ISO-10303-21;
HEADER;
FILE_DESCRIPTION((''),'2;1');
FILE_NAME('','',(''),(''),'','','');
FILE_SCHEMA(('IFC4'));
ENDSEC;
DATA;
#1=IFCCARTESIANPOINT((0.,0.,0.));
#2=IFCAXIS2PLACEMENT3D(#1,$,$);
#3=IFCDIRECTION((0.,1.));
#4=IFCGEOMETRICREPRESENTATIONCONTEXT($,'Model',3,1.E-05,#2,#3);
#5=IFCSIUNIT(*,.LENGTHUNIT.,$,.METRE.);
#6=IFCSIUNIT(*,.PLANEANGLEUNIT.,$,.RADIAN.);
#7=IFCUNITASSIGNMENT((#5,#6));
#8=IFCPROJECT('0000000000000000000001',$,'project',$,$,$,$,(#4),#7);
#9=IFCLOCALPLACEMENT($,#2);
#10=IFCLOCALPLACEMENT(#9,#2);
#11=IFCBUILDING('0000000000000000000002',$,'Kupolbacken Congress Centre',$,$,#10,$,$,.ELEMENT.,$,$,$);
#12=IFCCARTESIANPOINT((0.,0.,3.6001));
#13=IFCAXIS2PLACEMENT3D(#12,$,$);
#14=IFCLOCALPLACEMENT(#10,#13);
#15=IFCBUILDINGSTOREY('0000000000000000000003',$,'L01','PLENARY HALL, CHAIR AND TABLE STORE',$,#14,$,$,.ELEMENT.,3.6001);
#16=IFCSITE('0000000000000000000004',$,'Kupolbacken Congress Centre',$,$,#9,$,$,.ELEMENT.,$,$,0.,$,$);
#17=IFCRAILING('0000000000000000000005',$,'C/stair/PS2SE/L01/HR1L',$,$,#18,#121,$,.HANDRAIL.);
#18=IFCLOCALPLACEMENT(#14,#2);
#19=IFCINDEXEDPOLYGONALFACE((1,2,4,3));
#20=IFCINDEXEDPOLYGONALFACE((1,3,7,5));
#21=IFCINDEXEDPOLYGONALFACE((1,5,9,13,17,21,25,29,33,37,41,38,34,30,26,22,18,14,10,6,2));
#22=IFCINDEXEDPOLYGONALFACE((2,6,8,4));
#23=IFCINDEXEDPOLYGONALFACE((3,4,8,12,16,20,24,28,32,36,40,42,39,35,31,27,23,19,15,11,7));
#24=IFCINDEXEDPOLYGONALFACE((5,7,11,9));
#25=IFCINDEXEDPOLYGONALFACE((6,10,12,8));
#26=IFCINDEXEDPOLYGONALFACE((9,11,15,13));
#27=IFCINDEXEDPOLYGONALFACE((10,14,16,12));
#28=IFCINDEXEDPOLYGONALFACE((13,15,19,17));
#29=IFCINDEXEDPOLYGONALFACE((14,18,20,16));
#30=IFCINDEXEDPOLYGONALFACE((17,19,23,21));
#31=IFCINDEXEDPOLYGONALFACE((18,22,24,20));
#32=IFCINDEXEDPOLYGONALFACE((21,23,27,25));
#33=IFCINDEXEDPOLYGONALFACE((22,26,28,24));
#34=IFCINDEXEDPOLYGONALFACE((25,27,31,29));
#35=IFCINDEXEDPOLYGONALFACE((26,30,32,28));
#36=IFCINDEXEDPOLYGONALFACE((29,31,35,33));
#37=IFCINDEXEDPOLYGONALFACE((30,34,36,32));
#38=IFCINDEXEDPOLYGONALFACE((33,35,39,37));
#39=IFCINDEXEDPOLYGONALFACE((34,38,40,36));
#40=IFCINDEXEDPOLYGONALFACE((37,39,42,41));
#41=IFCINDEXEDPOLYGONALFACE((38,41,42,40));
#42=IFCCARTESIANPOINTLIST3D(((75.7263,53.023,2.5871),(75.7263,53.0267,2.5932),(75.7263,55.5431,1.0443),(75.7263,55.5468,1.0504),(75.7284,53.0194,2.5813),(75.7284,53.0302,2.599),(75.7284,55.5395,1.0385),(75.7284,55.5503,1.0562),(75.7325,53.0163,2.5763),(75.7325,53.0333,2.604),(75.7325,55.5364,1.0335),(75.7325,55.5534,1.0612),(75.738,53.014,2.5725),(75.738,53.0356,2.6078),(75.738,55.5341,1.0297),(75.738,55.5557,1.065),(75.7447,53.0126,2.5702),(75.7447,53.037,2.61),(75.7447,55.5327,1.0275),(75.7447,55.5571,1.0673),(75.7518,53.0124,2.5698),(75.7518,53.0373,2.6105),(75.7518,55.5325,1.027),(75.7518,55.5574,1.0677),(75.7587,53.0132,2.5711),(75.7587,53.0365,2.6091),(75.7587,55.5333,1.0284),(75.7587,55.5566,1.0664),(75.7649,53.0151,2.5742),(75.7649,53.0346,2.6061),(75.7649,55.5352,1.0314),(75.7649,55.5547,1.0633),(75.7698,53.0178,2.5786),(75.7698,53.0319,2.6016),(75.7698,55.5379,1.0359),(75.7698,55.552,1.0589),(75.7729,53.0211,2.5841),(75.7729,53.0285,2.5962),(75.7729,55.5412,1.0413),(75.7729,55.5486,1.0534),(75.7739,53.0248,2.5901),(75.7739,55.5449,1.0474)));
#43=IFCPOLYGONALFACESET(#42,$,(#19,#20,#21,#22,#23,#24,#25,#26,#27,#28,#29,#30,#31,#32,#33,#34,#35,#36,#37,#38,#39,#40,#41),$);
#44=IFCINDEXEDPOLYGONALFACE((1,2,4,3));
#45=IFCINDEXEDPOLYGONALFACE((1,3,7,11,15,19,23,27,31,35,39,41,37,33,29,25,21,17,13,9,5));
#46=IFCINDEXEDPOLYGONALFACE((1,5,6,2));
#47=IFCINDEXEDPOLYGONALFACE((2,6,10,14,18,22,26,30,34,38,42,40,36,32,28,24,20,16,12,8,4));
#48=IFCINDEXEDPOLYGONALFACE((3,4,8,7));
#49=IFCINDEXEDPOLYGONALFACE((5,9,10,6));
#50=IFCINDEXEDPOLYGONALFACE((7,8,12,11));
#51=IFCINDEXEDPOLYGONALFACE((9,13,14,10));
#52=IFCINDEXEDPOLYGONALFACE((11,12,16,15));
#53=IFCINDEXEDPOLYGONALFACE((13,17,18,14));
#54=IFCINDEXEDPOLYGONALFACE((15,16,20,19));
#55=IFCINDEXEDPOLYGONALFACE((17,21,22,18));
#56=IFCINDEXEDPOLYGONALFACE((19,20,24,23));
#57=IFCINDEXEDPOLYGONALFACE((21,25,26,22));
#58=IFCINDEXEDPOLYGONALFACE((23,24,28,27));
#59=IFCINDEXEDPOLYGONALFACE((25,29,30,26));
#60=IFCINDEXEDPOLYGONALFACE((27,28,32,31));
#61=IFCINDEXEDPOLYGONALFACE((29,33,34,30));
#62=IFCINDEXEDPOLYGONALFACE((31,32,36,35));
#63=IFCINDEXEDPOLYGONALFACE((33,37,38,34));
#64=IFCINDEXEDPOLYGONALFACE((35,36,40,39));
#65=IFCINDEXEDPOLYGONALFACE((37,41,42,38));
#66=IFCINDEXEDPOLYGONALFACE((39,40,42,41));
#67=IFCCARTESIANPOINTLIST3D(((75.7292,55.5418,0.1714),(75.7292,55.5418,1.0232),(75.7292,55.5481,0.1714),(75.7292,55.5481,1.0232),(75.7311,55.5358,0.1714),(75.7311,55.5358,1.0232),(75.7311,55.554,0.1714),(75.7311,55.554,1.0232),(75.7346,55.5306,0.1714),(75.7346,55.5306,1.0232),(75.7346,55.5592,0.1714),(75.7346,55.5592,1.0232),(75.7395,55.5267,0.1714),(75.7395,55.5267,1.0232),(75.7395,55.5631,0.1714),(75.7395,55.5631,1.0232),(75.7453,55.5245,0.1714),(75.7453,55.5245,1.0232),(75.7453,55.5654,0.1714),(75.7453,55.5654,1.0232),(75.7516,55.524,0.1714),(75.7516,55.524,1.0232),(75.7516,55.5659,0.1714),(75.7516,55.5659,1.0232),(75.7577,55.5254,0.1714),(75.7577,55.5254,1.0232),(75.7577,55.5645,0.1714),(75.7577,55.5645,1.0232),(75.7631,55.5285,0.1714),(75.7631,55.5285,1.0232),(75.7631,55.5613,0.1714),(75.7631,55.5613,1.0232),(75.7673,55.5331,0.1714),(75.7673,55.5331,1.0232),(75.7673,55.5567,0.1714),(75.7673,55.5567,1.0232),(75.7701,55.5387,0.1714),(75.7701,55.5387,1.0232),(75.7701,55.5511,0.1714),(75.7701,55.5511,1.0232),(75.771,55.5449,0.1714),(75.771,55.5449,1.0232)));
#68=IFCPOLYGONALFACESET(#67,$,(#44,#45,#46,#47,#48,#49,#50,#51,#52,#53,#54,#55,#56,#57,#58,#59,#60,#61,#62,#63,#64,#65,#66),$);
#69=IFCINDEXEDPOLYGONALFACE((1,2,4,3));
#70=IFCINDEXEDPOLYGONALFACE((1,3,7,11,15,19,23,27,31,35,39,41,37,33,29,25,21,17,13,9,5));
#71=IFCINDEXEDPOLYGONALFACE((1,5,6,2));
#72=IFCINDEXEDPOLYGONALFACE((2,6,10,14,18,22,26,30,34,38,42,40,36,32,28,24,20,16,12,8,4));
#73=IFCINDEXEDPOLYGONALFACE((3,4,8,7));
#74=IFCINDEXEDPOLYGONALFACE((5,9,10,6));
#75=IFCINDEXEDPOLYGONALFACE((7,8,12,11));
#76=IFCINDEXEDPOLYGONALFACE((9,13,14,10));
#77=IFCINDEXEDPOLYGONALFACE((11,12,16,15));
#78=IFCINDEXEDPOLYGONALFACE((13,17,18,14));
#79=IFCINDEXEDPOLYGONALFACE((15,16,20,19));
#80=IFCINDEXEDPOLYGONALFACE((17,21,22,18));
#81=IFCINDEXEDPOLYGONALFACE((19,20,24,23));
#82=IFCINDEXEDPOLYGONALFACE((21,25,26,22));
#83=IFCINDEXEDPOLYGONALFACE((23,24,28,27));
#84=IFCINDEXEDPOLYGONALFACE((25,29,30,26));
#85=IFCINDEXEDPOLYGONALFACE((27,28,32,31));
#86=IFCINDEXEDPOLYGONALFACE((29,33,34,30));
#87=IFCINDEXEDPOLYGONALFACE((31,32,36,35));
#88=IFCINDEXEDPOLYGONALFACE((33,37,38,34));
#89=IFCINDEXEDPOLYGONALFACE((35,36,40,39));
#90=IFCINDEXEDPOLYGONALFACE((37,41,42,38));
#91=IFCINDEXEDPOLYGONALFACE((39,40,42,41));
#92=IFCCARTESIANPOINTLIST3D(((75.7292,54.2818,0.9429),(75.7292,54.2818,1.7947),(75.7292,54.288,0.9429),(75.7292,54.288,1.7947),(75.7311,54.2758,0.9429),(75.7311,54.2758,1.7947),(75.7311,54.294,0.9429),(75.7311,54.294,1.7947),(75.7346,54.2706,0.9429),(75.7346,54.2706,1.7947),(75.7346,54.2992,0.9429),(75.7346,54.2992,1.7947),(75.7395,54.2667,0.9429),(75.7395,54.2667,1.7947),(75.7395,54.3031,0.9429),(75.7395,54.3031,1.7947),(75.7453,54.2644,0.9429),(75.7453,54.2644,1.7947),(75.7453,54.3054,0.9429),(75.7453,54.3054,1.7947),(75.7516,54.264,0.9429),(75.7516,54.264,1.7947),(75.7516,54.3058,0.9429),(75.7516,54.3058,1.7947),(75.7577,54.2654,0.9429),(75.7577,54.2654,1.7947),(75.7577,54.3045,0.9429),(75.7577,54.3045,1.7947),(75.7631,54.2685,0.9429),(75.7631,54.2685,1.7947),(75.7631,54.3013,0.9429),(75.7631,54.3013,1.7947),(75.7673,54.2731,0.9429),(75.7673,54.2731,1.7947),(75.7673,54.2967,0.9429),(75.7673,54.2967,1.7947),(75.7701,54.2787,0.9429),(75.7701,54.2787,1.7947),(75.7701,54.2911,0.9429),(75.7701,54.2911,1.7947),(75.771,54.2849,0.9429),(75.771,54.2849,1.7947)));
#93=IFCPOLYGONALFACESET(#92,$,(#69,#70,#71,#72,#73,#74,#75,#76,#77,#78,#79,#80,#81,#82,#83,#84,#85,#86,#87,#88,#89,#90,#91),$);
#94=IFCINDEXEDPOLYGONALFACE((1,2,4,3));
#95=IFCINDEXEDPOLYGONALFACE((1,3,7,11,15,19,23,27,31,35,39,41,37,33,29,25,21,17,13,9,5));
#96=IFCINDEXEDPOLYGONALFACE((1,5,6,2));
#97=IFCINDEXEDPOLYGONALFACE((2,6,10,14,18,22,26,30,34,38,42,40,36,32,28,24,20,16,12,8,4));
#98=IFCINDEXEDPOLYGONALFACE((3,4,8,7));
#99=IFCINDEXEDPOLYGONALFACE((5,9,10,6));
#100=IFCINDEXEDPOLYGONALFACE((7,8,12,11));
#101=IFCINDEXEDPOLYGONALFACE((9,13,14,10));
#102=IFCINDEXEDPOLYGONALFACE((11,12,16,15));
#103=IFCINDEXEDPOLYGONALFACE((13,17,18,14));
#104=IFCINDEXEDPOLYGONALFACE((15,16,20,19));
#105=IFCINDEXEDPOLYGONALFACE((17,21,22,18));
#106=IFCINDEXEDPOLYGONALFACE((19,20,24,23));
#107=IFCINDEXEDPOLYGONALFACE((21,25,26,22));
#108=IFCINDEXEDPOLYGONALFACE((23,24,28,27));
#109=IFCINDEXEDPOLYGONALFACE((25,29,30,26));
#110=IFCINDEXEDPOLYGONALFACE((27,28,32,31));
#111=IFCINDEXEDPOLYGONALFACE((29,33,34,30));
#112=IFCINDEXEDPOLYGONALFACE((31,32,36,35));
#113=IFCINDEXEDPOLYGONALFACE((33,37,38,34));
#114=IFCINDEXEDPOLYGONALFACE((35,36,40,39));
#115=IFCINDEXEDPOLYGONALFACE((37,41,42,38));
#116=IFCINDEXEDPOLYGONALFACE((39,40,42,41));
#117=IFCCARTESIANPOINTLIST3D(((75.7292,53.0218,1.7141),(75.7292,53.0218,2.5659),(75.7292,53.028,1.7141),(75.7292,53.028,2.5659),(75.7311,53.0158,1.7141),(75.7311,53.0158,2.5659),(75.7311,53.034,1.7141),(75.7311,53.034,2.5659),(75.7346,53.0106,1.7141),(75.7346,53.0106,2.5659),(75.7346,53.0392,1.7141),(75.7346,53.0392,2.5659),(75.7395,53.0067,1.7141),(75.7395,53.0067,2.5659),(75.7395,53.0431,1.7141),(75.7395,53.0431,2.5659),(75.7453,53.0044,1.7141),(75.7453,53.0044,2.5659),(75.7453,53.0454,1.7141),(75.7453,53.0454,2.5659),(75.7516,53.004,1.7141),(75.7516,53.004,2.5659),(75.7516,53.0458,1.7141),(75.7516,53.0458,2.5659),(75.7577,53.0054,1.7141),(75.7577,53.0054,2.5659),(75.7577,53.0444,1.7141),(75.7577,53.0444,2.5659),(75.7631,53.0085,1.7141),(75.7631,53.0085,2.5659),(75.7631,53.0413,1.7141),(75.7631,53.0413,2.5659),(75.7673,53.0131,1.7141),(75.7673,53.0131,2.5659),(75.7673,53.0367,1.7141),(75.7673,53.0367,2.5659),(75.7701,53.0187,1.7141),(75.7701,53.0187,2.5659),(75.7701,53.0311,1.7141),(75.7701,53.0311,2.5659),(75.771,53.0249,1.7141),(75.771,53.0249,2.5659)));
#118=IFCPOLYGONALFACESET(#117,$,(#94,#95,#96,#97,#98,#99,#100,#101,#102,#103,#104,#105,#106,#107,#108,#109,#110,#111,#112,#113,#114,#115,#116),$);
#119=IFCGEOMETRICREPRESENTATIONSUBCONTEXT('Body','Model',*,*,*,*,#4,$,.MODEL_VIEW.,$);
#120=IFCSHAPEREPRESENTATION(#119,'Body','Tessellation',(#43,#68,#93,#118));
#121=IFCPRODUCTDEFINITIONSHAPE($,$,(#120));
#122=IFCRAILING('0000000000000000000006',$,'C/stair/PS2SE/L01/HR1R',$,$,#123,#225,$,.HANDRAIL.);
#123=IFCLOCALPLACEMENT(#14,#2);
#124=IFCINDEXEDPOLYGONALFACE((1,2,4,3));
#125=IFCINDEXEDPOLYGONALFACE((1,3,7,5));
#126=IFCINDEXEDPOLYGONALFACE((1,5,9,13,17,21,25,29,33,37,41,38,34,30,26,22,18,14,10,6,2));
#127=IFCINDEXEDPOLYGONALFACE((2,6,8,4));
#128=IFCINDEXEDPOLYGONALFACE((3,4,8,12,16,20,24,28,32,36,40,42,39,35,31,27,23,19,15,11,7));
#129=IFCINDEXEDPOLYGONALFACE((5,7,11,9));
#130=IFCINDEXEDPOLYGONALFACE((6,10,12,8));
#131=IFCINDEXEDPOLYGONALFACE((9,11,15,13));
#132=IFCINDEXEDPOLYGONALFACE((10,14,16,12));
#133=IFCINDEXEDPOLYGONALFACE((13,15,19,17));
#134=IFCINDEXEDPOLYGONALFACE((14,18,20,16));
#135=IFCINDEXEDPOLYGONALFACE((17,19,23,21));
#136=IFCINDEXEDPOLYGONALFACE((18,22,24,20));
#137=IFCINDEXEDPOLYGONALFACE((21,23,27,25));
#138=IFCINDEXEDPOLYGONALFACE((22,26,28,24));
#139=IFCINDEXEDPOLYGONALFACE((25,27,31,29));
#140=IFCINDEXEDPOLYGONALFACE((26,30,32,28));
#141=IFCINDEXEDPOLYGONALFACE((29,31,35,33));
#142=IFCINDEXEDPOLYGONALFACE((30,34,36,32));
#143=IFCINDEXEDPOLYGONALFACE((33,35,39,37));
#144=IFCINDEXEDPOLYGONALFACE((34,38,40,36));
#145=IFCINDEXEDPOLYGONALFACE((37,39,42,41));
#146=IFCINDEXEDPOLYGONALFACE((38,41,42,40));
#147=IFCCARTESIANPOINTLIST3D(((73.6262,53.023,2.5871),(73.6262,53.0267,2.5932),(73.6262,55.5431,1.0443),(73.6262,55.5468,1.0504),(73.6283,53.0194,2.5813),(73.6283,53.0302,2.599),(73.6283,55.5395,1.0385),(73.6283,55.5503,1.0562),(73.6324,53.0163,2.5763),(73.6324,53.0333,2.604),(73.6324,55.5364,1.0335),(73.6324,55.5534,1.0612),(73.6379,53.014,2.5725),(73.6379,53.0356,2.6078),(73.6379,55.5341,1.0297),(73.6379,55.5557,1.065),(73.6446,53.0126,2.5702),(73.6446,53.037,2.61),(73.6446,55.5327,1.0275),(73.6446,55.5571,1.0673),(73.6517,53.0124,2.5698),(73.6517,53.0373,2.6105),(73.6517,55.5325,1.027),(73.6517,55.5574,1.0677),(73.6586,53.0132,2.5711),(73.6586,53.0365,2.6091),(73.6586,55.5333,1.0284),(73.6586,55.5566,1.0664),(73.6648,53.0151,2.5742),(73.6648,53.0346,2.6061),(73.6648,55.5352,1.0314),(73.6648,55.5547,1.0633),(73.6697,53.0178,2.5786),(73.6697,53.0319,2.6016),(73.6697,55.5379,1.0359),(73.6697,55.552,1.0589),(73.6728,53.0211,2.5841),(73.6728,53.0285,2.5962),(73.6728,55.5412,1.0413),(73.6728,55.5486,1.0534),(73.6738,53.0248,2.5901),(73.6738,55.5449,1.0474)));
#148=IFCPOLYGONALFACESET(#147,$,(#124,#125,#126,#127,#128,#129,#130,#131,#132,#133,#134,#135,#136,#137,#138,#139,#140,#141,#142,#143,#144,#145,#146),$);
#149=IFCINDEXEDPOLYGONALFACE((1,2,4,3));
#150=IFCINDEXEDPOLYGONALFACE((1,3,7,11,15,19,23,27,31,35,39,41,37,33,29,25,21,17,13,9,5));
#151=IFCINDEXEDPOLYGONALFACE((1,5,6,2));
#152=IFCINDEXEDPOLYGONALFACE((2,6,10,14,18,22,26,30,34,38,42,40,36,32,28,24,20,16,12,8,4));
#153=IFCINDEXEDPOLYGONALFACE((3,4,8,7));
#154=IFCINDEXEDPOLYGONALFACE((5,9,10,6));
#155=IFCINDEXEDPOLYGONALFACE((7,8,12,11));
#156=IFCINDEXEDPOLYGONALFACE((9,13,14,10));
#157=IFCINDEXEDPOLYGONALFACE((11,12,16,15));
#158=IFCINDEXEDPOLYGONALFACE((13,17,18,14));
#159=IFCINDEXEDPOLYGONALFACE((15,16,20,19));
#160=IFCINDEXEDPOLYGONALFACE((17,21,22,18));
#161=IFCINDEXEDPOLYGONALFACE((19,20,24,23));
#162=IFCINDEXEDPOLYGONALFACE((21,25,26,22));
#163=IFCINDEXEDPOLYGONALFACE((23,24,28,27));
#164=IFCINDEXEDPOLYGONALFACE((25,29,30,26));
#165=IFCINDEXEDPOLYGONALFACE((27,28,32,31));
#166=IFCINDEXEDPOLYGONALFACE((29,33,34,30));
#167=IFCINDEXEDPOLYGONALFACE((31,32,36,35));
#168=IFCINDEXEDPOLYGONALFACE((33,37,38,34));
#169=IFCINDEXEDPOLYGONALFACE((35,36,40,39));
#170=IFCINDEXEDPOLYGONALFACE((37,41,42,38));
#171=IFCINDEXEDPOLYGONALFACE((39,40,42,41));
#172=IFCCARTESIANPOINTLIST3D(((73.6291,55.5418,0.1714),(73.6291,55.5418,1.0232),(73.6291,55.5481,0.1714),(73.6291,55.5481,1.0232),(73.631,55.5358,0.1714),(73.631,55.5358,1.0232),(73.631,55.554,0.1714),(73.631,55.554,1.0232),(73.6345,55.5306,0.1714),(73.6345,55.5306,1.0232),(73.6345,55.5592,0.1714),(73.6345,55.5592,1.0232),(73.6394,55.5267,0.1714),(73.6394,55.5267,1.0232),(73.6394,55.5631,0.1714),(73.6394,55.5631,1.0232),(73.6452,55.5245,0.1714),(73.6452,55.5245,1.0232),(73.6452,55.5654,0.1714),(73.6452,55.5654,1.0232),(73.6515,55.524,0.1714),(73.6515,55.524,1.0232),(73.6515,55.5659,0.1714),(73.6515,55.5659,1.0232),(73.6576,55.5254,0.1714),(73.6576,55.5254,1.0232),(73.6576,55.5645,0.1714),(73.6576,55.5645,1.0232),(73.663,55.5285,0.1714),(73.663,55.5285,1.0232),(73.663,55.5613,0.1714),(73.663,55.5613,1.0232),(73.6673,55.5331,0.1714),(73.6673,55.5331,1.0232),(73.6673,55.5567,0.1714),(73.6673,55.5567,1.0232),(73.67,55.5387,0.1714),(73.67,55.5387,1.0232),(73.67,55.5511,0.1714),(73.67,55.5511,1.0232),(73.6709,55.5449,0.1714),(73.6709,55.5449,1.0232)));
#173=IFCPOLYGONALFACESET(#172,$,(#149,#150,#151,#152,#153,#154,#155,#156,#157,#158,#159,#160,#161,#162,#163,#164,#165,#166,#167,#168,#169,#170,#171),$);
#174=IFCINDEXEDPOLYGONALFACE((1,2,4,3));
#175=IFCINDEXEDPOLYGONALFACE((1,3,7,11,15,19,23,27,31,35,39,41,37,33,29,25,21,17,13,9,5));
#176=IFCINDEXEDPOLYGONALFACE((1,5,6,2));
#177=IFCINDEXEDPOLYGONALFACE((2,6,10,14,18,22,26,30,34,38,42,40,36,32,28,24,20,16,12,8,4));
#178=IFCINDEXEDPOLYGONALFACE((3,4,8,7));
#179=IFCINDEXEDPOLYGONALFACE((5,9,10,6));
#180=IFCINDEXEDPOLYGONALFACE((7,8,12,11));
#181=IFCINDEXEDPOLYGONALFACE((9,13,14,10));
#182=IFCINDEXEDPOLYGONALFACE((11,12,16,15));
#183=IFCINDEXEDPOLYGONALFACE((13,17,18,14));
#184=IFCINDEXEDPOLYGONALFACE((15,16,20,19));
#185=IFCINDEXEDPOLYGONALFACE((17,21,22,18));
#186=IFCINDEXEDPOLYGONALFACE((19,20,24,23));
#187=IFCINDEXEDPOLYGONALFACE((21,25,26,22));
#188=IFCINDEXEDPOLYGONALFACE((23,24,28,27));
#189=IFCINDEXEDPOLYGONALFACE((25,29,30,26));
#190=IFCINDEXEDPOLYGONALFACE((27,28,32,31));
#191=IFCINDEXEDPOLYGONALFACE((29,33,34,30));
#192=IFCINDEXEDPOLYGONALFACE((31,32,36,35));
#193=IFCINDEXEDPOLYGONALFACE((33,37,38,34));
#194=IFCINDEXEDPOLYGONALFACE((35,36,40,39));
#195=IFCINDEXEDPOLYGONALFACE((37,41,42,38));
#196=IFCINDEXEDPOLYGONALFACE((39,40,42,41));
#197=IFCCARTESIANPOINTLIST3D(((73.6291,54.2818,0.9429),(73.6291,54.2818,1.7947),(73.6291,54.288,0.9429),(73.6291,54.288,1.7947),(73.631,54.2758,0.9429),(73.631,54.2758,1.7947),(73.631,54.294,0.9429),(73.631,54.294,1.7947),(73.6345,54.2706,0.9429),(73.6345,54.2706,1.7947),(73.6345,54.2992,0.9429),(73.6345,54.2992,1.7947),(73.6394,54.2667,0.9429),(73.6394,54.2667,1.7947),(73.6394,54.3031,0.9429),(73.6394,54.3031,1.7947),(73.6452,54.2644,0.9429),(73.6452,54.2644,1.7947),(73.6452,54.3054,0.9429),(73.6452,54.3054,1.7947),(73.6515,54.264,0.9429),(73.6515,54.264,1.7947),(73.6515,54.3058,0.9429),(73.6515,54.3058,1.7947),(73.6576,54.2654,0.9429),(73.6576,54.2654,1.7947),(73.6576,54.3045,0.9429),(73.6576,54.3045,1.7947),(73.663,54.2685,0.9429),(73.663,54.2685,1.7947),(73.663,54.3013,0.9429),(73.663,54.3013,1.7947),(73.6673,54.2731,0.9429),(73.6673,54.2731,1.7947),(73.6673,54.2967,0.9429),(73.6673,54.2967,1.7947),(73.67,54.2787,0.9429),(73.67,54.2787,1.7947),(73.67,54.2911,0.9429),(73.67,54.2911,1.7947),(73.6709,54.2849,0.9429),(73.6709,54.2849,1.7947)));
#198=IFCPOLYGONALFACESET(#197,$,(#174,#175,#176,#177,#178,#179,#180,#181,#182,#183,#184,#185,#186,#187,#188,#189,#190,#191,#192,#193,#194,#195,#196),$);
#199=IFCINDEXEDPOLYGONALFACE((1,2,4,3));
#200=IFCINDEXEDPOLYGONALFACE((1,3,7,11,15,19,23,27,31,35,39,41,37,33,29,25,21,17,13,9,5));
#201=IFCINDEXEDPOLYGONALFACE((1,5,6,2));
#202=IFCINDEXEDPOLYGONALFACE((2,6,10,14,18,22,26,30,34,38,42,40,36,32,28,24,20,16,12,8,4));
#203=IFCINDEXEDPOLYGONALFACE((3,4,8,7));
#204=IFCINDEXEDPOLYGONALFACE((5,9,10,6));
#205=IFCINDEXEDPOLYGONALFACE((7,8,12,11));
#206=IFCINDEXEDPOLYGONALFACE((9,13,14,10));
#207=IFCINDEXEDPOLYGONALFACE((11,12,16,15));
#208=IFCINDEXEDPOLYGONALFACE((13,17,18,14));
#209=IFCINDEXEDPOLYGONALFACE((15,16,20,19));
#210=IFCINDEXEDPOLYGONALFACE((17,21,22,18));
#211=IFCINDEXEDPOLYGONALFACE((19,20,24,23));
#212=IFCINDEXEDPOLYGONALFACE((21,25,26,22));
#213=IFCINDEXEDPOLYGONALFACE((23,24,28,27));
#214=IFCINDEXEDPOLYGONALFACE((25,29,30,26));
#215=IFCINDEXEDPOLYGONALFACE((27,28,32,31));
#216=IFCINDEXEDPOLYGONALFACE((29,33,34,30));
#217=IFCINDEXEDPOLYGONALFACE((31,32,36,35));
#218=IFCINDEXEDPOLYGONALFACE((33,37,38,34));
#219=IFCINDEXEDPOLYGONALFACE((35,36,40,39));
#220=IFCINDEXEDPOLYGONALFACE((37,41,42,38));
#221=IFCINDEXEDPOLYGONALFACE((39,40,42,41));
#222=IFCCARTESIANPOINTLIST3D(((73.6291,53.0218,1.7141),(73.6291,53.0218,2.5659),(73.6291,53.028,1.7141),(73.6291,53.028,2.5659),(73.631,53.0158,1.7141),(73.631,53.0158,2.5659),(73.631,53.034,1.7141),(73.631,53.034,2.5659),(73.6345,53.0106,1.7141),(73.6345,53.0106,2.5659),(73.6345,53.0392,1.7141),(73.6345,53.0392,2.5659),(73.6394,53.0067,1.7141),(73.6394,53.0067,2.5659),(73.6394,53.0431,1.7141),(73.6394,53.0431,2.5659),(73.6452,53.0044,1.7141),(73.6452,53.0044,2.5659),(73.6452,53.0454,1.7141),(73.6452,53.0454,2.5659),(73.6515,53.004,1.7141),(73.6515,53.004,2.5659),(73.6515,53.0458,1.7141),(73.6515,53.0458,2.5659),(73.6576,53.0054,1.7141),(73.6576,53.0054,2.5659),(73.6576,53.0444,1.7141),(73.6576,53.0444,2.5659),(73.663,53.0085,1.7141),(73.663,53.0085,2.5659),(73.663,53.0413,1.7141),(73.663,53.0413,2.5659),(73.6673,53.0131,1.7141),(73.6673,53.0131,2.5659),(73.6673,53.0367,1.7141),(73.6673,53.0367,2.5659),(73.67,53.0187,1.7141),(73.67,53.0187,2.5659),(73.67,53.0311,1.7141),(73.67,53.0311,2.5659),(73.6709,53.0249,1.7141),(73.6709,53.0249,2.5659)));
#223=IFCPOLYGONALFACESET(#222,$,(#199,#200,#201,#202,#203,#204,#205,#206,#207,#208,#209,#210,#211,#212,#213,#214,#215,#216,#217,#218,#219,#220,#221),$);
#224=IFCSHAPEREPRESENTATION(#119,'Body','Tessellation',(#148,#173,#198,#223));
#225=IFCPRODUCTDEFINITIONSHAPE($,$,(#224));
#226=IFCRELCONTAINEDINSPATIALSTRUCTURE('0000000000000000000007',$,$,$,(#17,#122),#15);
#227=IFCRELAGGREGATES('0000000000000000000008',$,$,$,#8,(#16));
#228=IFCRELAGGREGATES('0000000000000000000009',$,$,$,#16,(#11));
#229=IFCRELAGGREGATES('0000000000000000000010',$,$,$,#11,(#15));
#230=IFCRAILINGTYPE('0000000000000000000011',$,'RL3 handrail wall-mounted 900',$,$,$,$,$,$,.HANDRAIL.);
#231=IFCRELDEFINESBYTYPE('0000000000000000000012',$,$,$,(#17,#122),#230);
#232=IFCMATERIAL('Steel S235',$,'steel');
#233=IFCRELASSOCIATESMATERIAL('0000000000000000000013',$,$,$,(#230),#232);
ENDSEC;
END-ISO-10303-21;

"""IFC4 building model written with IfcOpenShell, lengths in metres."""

from ifc_helpers import new_model, si_unit, direction, frame, origin, origin_2d, place, context, subcontext, project, spatial, circle, extrude, material, type_object, element, save


model = new_model("IFC4")

# Units and contexts
model_context = context("Model", 3, precision=1e-05, world=origin(), true_north=direction((0.0, 1.0)))
body_context = subcontext(model_context, "Body", "Model", "MODEL_VIEW")
ifc_project = project(units=[si_unit("LENGTHUNIT", "METRE"), si_unit("PLANEANGLEUNIT", "RADIAN")], contexts=[model_context])

# Site, building, storey
site_placement = place(None, origin())
site = spatial("IfcSite", under=ifc_project, at=site_placement, Name="Kupolbacken Congress Centre", CompositionType="ELEMENT", RefElevation=0.0)
building_placement = place(site_placement, origin())
building = spatial("IfcBuilding", under=site, at=building_placement, Name="Kupolbacken Congress Centre", CompositionType="ELEMENT")
storey_placement = place(building_placement, frame((0.0, 0.0, 3.6001)))
storey = spatial("IfcBuildingStorey", under=building, at=storey_placement, Name="L01", Description="PLENARY HALL, CHAIR AND TABLE STORE", CompositionType="ELEMENT", Elevation=3.6001)

# Railings
ifc_material_1 = material(Name="Steel S235", Category="steel")
railing_type = type_object("IfcRailingType", Name="RL3 handrail wall-mounted 900", PredefinedType="HANDRAIL", material=ifc_material_1)
for number, where, name in (
    (1, (75.75, 55.5449, 0.1714), "C/stair/PS2SE/L01/HR1L"),
    (2, (73.6499, 55.5449, 0.1714), "C/stair/PS2SE/L01/HR1R"),
):
    element("IfcRailing", number, at=place(storey_placement, frame(where)), inside=storey, type_object=railing_type, Name=name, PredefinedType="HANDRAIL", context=body_context, shape_type="SweptSolid", body=[
        extrude(circle(Radius=0.0239, at=origin_2d()), frame((0.0, 0.0, 0.876), z_axis=(0.0, -0.852873, 0.522118), x_axis=(1.0, 0.0, 0.0)), (0.0, 0.0, 1.0), 2.9548),
        extrude(circle(Radius=0.021, at=origin_2d()), origin(), (0.0, 0.0, 1.0), 0.8518),
        extrude(circle(Radius=0.021, at=origin_2d()), frame((0.0, -1.26, 0.7715)), (0.0, 0.0, 1.0), 0.8518),
        extrude(circle(Radius=0.021, at=origin_2d()), frame((0.0, -2.52, 1.5427)), (0.0, 0.0, 1.0), 0.8518),
    ])

save(model, "model.ifc")
